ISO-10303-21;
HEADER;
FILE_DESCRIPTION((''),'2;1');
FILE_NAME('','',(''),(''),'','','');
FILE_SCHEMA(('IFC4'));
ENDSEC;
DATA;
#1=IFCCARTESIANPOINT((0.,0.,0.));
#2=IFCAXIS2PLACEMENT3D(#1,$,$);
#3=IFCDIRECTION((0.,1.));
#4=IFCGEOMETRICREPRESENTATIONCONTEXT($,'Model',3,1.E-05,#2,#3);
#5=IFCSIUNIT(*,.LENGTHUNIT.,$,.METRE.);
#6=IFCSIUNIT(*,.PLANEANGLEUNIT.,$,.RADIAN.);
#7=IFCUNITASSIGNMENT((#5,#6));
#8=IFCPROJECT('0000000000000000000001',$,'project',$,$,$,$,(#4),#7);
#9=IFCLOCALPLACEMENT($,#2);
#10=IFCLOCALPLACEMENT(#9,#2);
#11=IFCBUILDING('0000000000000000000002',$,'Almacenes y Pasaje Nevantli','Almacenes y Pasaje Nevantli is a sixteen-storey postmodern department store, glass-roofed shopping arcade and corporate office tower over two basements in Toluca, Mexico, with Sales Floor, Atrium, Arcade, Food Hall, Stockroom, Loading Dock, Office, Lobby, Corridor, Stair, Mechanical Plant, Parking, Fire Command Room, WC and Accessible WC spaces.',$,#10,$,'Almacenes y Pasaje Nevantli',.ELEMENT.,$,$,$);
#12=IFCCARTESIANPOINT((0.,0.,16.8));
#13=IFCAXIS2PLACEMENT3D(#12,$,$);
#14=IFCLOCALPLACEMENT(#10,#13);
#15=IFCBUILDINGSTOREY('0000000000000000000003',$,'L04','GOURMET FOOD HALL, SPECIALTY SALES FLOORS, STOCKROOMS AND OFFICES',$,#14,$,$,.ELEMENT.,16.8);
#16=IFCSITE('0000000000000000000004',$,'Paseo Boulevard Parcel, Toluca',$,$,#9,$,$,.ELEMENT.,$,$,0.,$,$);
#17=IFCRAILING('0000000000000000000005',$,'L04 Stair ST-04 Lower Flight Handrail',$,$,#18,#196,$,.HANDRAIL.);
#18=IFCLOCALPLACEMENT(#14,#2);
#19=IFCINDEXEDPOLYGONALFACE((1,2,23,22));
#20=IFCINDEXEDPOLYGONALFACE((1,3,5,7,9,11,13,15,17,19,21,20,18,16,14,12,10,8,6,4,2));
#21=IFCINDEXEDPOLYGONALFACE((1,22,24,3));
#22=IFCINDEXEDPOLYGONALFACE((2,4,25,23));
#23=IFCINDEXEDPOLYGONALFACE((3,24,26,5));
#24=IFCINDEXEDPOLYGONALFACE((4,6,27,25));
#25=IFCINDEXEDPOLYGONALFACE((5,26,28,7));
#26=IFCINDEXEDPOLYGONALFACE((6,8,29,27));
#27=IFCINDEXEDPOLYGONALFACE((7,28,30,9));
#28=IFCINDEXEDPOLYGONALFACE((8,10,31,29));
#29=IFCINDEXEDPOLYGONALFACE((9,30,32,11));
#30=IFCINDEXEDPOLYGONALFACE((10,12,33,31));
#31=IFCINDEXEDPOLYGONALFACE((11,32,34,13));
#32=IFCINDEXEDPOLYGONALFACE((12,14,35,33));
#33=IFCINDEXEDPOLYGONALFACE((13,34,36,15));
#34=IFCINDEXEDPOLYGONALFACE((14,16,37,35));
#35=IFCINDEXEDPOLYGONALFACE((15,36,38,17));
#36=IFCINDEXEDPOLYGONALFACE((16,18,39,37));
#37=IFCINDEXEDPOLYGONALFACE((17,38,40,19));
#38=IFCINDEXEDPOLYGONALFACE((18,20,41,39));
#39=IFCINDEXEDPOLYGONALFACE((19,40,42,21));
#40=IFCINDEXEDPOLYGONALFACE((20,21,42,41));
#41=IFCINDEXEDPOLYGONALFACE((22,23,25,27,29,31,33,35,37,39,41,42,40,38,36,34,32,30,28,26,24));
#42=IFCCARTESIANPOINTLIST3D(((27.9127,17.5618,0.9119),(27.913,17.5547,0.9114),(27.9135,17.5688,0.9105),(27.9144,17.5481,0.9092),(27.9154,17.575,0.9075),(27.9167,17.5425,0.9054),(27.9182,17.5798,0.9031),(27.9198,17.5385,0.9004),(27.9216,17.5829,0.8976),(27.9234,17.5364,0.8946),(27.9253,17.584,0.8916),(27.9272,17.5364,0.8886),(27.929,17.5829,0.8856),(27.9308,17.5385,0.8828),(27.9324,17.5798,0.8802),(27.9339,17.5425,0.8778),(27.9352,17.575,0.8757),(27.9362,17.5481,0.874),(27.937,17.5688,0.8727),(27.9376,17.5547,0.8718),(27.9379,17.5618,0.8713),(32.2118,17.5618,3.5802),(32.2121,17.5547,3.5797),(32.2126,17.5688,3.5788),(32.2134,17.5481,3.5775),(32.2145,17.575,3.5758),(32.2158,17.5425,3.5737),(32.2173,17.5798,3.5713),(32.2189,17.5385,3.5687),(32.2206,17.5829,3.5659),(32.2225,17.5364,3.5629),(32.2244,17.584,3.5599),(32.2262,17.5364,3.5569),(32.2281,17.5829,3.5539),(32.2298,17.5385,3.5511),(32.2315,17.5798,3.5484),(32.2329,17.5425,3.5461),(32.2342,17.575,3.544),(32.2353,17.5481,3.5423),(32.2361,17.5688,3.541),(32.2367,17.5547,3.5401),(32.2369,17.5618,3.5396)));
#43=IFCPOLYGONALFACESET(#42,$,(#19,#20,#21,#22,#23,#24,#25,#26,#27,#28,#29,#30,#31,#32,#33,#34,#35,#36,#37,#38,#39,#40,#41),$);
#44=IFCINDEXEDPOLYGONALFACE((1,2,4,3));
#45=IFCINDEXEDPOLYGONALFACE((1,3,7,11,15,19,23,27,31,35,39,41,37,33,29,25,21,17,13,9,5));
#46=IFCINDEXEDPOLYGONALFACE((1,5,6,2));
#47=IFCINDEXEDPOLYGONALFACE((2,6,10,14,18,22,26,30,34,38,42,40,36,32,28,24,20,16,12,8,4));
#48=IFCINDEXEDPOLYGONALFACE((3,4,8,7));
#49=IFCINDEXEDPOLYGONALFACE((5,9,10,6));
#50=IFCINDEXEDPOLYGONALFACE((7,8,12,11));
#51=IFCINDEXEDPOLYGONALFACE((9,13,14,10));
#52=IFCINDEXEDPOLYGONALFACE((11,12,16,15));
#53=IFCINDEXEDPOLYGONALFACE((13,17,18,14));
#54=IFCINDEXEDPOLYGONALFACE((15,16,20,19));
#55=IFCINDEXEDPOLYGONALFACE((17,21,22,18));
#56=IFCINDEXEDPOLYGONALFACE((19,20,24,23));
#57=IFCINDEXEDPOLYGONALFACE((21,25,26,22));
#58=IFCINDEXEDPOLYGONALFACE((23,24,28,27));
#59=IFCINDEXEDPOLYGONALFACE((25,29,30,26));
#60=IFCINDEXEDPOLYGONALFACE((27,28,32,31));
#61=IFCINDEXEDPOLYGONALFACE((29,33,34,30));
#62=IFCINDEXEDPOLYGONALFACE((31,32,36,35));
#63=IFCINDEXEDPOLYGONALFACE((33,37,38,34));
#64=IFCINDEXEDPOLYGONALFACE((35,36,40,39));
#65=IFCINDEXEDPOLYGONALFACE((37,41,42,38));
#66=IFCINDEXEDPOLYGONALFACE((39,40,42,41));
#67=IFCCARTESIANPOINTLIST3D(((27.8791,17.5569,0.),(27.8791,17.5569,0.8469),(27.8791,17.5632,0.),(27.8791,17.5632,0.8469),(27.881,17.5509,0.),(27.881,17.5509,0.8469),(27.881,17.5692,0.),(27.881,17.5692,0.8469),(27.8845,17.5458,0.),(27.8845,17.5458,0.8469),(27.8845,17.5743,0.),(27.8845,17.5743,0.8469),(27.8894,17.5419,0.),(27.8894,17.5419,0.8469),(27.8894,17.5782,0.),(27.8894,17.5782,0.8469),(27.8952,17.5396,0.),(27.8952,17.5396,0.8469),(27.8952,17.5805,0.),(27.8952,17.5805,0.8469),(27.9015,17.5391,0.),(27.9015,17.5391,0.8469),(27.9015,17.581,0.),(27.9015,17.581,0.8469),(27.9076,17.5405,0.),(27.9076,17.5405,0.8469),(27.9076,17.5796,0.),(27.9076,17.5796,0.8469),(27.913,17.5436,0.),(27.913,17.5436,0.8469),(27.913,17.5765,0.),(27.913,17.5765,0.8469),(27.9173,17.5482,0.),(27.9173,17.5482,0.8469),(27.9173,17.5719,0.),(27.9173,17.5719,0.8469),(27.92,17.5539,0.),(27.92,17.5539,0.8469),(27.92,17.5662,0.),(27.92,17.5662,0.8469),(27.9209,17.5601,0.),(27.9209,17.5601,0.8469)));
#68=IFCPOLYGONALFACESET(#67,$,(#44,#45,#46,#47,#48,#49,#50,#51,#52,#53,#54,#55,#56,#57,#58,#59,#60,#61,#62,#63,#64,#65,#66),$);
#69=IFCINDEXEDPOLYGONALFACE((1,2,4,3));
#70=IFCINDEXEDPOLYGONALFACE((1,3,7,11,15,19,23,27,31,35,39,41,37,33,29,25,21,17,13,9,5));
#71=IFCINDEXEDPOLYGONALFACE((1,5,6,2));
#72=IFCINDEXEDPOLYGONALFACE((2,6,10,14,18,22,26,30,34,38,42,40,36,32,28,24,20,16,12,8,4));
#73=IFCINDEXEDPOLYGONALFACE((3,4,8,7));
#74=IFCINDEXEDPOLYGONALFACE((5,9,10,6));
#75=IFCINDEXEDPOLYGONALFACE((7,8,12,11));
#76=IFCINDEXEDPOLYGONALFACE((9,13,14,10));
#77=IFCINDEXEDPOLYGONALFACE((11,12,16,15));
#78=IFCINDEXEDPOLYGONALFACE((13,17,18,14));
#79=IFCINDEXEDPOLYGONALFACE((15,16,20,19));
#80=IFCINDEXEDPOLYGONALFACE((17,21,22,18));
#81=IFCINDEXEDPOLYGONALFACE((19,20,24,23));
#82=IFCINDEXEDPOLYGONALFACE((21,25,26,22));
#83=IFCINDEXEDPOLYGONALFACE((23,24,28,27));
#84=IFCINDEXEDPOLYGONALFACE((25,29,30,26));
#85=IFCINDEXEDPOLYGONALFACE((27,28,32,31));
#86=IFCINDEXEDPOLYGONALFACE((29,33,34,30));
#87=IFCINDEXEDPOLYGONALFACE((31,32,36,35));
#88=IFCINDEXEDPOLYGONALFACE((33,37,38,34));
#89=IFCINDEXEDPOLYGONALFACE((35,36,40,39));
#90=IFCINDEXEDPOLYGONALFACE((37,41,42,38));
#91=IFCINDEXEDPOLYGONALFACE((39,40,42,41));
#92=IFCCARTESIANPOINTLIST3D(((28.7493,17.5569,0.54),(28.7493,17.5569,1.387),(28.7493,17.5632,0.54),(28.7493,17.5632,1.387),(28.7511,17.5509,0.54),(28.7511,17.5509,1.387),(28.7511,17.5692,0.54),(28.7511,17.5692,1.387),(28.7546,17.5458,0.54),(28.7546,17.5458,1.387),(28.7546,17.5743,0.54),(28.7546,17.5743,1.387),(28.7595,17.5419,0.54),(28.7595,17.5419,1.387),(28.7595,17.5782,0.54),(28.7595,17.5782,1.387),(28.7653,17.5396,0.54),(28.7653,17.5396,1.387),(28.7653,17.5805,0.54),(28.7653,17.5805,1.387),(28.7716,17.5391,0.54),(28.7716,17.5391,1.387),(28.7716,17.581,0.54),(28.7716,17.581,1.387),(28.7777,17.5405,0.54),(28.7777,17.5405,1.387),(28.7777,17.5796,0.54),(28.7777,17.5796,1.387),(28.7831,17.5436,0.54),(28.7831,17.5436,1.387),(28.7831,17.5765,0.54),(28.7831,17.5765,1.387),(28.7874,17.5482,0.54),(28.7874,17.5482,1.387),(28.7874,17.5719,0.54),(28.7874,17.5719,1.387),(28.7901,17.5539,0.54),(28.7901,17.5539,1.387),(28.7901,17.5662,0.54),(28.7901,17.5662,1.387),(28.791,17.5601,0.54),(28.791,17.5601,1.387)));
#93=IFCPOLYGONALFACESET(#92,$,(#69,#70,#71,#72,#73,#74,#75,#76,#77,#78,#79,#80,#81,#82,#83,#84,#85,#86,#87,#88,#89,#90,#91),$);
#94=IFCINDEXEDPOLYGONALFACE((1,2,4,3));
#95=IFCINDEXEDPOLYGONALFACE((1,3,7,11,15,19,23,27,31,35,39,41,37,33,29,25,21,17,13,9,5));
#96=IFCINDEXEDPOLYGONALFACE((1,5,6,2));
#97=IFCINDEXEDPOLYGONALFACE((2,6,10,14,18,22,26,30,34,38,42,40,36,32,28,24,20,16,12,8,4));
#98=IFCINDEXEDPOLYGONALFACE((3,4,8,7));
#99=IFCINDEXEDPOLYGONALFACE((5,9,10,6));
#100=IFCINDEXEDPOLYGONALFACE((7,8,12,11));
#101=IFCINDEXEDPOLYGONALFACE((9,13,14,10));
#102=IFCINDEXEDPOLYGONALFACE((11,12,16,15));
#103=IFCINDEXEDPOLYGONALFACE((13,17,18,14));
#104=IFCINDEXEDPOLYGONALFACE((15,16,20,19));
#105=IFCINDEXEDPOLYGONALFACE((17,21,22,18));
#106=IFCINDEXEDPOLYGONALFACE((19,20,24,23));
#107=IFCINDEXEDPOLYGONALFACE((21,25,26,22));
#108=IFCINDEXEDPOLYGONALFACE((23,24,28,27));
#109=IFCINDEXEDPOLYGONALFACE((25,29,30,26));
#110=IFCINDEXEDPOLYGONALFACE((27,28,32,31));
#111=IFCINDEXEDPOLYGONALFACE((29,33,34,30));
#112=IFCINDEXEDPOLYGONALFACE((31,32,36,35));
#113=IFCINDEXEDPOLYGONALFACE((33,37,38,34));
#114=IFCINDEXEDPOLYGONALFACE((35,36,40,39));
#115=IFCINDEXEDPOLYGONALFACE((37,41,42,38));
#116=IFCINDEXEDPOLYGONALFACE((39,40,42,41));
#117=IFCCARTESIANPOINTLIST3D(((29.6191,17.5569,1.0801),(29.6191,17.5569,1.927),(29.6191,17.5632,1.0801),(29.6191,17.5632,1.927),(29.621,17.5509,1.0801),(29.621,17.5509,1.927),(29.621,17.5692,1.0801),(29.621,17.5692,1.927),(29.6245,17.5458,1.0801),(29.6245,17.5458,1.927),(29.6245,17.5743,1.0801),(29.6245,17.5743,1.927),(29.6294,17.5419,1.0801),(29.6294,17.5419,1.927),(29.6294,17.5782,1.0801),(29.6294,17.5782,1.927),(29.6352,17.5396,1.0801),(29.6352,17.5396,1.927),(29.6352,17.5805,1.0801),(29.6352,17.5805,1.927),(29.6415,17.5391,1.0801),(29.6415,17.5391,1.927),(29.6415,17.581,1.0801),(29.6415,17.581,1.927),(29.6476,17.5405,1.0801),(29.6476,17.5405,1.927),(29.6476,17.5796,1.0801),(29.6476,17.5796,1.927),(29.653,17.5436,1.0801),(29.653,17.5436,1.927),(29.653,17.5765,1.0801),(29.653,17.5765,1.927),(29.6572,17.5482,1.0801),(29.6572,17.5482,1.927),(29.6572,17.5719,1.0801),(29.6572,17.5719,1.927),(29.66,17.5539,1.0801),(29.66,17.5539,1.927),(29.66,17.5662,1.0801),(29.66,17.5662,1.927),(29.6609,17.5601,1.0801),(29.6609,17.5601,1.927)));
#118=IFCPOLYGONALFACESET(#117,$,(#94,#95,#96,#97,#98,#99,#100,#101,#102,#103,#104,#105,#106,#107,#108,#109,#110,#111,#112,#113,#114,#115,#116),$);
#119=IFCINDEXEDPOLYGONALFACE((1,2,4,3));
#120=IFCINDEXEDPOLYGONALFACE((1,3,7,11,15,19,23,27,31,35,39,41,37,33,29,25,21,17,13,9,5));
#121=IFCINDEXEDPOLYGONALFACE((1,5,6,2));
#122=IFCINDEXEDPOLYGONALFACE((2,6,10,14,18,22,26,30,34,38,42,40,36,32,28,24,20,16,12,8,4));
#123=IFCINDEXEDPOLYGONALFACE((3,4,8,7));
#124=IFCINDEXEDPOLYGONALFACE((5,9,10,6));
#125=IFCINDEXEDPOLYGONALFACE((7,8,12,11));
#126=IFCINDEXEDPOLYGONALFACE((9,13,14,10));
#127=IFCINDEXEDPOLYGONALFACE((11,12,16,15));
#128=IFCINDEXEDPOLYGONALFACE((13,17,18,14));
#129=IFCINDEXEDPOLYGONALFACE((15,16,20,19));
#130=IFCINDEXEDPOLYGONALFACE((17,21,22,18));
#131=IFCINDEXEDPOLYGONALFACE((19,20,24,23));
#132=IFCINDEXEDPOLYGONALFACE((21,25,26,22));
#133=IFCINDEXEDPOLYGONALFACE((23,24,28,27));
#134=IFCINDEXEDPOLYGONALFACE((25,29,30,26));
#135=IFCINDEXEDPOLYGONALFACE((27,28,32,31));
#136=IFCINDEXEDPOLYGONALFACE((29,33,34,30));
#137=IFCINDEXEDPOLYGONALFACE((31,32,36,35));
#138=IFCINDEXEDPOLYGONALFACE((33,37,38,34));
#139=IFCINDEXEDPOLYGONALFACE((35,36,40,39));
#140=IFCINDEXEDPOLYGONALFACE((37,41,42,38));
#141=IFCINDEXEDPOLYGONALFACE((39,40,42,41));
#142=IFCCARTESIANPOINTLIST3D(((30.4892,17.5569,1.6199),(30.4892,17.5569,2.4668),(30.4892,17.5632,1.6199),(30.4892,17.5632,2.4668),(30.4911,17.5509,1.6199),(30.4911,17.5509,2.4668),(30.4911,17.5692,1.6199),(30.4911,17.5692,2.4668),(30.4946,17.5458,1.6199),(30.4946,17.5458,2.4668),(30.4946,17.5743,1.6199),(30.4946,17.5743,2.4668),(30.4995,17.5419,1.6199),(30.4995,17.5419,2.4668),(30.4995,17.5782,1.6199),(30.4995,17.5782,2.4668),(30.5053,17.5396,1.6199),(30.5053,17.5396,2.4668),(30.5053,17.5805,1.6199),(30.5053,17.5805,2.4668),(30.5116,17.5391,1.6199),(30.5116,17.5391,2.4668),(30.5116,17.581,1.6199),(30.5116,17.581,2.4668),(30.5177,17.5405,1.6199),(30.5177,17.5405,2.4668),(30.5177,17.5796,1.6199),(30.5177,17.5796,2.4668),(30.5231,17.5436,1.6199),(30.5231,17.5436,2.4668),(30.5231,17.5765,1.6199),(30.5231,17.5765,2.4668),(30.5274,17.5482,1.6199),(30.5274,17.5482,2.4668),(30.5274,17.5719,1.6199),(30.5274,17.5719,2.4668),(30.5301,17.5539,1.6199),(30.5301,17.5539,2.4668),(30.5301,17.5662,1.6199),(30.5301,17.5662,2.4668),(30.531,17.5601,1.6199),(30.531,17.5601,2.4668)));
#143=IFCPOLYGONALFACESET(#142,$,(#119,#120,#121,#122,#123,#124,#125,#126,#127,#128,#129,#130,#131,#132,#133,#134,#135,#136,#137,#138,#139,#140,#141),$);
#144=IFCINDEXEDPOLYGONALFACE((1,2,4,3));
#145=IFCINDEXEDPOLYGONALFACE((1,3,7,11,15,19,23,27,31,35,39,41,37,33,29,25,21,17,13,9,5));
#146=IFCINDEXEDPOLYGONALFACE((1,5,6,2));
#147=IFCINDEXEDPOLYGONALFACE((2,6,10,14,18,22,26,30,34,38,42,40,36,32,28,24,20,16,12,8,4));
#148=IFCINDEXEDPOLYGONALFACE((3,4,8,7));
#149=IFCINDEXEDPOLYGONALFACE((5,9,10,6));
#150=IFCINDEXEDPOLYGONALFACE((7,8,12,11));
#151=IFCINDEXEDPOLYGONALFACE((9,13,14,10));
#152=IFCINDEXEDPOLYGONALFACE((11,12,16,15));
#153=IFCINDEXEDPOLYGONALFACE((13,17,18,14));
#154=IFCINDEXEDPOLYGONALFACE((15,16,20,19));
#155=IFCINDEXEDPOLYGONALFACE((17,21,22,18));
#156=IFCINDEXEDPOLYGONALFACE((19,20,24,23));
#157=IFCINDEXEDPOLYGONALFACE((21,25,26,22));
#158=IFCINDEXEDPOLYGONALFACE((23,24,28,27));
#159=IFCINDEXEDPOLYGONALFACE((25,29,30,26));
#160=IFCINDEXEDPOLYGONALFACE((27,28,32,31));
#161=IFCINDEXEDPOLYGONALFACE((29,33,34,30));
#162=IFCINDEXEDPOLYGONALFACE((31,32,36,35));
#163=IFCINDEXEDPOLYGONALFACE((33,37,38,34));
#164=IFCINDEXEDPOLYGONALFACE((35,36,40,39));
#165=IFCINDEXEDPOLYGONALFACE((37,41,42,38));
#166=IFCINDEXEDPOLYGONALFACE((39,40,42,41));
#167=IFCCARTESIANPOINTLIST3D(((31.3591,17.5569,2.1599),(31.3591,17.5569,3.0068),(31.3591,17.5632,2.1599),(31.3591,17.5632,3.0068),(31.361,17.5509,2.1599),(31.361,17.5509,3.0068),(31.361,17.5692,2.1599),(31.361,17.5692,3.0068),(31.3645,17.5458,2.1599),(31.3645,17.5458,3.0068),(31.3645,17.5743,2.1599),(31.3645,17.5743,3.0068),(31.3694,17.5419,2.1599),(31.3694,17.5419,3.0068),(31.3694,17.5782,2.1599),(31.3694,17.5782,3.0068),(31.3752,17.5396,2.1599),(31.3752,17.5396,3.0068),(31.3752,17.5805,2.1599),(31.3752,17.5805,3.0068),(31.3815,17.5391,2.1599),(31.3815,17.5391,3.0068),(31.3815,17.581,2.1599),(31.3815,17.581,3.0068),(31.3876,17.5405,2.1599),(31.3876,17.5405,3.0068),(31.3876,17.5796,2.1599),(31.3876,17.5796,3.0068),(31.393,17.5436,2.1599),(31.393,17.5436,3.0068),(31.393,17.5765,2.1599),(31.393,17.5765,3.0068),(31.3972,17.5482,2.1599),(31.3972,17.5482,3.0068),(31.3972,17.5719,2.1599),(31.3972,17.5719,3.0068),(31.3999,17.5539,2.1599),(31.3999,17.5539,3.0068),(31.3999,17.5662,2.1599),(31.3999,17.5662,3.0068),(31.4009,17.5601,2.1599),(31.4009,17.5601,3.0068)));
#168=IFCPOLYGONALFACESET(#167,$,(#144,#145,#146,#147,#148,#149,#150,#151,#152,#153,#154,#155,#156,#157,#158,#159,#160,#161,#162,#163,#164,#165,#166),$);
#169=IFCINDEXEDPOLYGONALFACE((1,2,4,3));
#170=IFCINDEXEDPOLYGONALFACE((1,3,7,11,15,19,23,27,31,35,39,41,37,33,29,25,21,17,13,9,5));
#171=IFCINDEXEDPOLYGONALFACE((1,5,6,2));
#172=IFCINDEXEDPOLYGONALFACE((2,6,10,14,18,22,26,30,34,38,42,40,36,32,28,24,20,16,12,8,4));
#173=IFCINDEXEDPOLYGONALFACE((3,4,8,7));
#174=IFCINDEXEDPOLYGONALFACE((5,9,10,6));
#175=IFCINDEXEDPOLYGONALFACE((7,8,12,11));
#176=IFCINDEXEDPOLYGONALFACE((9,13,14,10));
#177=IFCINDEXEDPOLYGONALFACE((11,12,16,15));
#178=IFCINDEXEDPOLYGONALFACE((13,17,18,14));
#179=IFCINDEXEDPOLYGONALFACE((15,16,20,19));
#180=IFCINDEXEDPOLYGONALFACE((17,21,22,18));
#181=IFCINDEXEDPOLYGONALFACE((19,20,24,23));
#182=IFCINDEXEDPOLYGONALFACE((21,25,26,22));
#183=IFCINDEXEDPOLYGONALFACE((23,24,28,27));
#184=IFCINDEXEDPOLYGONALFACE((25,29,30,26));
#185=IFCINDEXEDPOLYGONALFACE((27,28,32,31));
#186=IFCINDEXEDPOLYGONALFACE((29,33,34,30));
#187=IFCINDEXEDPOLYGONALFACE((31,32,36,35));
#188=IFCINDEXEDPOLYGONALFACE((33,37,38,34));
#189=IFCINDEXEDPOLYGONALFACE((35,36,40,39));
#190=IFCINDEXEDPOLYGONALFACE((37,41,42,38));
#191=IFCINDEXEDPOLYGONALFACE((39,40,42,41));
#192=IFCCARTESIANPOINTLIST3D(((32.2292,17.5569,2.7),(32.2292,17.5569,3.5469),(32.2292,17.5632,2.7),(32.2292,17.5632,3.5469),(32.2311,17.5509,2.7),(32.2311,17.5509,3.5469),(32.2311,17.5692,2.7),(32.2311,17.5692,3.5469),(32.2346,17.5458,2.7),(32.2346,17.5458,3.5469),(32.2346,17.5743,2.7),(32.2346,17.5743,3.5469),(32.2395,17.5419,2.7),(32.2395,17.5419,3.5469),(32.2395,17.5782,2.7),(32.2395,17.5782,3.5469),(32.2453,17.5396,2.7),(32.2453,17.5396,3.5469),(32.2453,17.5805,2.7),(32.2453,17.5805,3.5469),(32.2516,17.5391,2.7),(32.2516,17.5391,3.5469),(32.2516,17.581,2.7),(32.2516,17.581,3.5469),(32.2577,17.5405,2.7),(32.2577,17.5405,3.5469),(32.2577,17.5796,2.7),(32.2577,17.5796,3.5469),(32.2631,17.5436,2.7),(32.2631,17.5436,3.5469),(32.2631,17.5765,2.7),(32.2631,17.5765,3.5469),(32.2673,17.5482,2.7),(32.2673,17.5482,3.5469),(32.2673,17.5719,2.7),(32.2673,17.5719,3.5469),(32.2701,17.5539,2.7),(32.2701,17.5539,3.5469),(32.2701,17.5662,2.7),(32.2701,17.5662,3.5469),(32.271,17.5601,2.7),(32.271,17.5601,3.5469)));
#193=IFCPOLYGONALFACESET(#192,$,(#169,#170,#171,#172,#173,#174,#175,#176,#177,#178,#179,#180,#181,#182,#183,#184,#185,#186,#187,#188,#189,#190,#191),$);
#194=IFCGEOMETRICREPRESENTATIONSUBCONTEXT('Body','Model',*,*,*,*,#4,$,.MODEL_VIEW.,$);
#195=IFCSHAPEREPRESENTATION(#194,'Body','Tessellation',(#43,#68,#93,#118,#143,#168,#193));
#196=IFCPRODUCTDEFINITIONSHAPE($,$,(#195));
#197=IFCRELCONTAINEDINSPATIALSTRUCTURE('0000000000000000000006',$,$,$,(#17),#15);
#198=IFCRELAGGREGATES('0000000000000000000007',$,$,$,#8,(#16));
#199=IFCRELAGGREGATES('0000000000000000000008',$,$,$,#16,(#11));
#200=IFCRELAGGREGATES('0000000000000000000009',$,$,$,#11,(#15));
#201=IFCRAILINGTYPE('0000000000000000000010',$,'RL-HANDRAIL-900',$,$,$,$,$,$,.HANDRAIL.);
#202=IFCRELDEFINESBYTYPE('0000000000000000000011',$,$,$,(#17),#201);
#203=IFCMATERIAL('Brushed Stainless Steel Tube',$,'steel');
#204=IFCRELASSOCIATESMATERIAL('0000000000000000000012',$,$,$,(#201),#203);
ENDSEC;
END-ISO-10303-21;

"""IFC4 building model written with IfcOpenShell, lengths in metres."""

from ifc_helpers import new_model, si_unit, direction, frame, origin, origin_2d, place, context, subcontext, project, spatial, circle, extrude, material, type_object, element, save


model = new_model("IFC4")

# Units and contexts
model_context = context("Model", 3, precision=1e-05, world=origin(), true_north=direction((0.0, 1.0)))
body_context = subcontext(model_context, "Body", "Model", "MODEL_VIEW")
ifc_project = project(units=[si_unit("LENGTHUNIT", "METRE"), si_unit("PLANEANGLEUNIT", "RADIAN")], contexts=[model_context])

# Site, building, storey
site_placement = place(None, origin())
site = spatial("IfcSite", under=ifc_project, at=site_placement, Name="Paseo Boulevard Parcel, Toluca", CompositionType="ELEMENT", RefElevation=0.0)
building_placement = place(site_placement, origin())
building = spatial("IfcBuilding", under=site, at=building_placement, Name="Almacenes y Pasaje Nevantli", Description="Almacenes y Pasaje Nevantli is a sixteen-storey postmodern department store, glass-roofed shopping arcade and corporate office tower over two basements in Toluca, Mexico, with Sales Floor, Atrium, Arcade, Food Hall, Stockroom, Loading Dock, Office, Lobby, Corridor, Stair, Mechanical Plant, Parking, Fire Command Room, WC and Accessible WC spaces.", LongName="Almacenes y Pasaje Nevantli", CompositionType="ELEMENT")
storey_placement = place(building_placement, frame((0.0, 0.0, 16.8)))
storey = spatial("IfcBuildingStorey", under=building, at=storey_placement, Name="L04", Description="GOURMET FOOD HALL, SPECIALTY SALES FLOORS, STOCKROOMS AND OFFICES", CompositionType="ELEMENT", Elevation=16.8)

# Railing
ifc_material_1 = material(Name="Brushed Stainless Steel Tube", Category="steel")
railing_type_1 = type_object("IfcRailingType", Name="RL-HANDRAIL-900", PredefinedType="HANDRAIL", material=ifc_material_1)
railing_1_placement = place(storey_placement, frame((27.8999, 17.5601, 0.0)))
element("IfcRailing", 1, at=railing_1_placement, inside=storey, type_object=railing_type_1, Name="L04 Stair ST-04 Lower Flight Handrail", PredefinedType="HANDRAIL", context=body_context, shape_type="SweptSolid", body=[
    extrude(circle(Radius=0.0239, at=origin_2d()), frame((0.0254, 0.0, 0.8916), z_axis=(0.84965, 0.0, 0.527347), x_axis=(0.0, 1.0, 0.0)), (0.0, 0.0, 1.0), 5.0598),
    extrude(circle(Radius=0.021, at=origin_2d()), origin(), (0.0, 0.0, 1.0), 0.8469),
    extrude(circle(Radius=0.021, at=origin_2d()), frame((0.8701, 0.0, 0.54)), (0.0, 0.0, 1.0), 0.8469),
    extrude(circle(Radius=0.021, at=origin_2d()), frame((1.74, 0.0, 1.0801)), (0.0, 0.0, 1.0), 0.8469),
    extrude(circle(Radius=0.021, at=origin_2d()), frame((2.6101, 0.0, 1.6199)), (0.0, 0.0, 1.0), 0.8469),
    extrude(circle(Radius=0.021, at=origin_2d()), frame((3.48, 0.0, 2.1599)), (0.0, 0.0, 1.0), 0.8469),
    extrude(circle(Radius=0.021, at=origin_2d()), frame((4.3501, 0.0, 2.7)), (0.0, 0.0, 1.0), 0.8469),
])

save(model, "model.ifc")
